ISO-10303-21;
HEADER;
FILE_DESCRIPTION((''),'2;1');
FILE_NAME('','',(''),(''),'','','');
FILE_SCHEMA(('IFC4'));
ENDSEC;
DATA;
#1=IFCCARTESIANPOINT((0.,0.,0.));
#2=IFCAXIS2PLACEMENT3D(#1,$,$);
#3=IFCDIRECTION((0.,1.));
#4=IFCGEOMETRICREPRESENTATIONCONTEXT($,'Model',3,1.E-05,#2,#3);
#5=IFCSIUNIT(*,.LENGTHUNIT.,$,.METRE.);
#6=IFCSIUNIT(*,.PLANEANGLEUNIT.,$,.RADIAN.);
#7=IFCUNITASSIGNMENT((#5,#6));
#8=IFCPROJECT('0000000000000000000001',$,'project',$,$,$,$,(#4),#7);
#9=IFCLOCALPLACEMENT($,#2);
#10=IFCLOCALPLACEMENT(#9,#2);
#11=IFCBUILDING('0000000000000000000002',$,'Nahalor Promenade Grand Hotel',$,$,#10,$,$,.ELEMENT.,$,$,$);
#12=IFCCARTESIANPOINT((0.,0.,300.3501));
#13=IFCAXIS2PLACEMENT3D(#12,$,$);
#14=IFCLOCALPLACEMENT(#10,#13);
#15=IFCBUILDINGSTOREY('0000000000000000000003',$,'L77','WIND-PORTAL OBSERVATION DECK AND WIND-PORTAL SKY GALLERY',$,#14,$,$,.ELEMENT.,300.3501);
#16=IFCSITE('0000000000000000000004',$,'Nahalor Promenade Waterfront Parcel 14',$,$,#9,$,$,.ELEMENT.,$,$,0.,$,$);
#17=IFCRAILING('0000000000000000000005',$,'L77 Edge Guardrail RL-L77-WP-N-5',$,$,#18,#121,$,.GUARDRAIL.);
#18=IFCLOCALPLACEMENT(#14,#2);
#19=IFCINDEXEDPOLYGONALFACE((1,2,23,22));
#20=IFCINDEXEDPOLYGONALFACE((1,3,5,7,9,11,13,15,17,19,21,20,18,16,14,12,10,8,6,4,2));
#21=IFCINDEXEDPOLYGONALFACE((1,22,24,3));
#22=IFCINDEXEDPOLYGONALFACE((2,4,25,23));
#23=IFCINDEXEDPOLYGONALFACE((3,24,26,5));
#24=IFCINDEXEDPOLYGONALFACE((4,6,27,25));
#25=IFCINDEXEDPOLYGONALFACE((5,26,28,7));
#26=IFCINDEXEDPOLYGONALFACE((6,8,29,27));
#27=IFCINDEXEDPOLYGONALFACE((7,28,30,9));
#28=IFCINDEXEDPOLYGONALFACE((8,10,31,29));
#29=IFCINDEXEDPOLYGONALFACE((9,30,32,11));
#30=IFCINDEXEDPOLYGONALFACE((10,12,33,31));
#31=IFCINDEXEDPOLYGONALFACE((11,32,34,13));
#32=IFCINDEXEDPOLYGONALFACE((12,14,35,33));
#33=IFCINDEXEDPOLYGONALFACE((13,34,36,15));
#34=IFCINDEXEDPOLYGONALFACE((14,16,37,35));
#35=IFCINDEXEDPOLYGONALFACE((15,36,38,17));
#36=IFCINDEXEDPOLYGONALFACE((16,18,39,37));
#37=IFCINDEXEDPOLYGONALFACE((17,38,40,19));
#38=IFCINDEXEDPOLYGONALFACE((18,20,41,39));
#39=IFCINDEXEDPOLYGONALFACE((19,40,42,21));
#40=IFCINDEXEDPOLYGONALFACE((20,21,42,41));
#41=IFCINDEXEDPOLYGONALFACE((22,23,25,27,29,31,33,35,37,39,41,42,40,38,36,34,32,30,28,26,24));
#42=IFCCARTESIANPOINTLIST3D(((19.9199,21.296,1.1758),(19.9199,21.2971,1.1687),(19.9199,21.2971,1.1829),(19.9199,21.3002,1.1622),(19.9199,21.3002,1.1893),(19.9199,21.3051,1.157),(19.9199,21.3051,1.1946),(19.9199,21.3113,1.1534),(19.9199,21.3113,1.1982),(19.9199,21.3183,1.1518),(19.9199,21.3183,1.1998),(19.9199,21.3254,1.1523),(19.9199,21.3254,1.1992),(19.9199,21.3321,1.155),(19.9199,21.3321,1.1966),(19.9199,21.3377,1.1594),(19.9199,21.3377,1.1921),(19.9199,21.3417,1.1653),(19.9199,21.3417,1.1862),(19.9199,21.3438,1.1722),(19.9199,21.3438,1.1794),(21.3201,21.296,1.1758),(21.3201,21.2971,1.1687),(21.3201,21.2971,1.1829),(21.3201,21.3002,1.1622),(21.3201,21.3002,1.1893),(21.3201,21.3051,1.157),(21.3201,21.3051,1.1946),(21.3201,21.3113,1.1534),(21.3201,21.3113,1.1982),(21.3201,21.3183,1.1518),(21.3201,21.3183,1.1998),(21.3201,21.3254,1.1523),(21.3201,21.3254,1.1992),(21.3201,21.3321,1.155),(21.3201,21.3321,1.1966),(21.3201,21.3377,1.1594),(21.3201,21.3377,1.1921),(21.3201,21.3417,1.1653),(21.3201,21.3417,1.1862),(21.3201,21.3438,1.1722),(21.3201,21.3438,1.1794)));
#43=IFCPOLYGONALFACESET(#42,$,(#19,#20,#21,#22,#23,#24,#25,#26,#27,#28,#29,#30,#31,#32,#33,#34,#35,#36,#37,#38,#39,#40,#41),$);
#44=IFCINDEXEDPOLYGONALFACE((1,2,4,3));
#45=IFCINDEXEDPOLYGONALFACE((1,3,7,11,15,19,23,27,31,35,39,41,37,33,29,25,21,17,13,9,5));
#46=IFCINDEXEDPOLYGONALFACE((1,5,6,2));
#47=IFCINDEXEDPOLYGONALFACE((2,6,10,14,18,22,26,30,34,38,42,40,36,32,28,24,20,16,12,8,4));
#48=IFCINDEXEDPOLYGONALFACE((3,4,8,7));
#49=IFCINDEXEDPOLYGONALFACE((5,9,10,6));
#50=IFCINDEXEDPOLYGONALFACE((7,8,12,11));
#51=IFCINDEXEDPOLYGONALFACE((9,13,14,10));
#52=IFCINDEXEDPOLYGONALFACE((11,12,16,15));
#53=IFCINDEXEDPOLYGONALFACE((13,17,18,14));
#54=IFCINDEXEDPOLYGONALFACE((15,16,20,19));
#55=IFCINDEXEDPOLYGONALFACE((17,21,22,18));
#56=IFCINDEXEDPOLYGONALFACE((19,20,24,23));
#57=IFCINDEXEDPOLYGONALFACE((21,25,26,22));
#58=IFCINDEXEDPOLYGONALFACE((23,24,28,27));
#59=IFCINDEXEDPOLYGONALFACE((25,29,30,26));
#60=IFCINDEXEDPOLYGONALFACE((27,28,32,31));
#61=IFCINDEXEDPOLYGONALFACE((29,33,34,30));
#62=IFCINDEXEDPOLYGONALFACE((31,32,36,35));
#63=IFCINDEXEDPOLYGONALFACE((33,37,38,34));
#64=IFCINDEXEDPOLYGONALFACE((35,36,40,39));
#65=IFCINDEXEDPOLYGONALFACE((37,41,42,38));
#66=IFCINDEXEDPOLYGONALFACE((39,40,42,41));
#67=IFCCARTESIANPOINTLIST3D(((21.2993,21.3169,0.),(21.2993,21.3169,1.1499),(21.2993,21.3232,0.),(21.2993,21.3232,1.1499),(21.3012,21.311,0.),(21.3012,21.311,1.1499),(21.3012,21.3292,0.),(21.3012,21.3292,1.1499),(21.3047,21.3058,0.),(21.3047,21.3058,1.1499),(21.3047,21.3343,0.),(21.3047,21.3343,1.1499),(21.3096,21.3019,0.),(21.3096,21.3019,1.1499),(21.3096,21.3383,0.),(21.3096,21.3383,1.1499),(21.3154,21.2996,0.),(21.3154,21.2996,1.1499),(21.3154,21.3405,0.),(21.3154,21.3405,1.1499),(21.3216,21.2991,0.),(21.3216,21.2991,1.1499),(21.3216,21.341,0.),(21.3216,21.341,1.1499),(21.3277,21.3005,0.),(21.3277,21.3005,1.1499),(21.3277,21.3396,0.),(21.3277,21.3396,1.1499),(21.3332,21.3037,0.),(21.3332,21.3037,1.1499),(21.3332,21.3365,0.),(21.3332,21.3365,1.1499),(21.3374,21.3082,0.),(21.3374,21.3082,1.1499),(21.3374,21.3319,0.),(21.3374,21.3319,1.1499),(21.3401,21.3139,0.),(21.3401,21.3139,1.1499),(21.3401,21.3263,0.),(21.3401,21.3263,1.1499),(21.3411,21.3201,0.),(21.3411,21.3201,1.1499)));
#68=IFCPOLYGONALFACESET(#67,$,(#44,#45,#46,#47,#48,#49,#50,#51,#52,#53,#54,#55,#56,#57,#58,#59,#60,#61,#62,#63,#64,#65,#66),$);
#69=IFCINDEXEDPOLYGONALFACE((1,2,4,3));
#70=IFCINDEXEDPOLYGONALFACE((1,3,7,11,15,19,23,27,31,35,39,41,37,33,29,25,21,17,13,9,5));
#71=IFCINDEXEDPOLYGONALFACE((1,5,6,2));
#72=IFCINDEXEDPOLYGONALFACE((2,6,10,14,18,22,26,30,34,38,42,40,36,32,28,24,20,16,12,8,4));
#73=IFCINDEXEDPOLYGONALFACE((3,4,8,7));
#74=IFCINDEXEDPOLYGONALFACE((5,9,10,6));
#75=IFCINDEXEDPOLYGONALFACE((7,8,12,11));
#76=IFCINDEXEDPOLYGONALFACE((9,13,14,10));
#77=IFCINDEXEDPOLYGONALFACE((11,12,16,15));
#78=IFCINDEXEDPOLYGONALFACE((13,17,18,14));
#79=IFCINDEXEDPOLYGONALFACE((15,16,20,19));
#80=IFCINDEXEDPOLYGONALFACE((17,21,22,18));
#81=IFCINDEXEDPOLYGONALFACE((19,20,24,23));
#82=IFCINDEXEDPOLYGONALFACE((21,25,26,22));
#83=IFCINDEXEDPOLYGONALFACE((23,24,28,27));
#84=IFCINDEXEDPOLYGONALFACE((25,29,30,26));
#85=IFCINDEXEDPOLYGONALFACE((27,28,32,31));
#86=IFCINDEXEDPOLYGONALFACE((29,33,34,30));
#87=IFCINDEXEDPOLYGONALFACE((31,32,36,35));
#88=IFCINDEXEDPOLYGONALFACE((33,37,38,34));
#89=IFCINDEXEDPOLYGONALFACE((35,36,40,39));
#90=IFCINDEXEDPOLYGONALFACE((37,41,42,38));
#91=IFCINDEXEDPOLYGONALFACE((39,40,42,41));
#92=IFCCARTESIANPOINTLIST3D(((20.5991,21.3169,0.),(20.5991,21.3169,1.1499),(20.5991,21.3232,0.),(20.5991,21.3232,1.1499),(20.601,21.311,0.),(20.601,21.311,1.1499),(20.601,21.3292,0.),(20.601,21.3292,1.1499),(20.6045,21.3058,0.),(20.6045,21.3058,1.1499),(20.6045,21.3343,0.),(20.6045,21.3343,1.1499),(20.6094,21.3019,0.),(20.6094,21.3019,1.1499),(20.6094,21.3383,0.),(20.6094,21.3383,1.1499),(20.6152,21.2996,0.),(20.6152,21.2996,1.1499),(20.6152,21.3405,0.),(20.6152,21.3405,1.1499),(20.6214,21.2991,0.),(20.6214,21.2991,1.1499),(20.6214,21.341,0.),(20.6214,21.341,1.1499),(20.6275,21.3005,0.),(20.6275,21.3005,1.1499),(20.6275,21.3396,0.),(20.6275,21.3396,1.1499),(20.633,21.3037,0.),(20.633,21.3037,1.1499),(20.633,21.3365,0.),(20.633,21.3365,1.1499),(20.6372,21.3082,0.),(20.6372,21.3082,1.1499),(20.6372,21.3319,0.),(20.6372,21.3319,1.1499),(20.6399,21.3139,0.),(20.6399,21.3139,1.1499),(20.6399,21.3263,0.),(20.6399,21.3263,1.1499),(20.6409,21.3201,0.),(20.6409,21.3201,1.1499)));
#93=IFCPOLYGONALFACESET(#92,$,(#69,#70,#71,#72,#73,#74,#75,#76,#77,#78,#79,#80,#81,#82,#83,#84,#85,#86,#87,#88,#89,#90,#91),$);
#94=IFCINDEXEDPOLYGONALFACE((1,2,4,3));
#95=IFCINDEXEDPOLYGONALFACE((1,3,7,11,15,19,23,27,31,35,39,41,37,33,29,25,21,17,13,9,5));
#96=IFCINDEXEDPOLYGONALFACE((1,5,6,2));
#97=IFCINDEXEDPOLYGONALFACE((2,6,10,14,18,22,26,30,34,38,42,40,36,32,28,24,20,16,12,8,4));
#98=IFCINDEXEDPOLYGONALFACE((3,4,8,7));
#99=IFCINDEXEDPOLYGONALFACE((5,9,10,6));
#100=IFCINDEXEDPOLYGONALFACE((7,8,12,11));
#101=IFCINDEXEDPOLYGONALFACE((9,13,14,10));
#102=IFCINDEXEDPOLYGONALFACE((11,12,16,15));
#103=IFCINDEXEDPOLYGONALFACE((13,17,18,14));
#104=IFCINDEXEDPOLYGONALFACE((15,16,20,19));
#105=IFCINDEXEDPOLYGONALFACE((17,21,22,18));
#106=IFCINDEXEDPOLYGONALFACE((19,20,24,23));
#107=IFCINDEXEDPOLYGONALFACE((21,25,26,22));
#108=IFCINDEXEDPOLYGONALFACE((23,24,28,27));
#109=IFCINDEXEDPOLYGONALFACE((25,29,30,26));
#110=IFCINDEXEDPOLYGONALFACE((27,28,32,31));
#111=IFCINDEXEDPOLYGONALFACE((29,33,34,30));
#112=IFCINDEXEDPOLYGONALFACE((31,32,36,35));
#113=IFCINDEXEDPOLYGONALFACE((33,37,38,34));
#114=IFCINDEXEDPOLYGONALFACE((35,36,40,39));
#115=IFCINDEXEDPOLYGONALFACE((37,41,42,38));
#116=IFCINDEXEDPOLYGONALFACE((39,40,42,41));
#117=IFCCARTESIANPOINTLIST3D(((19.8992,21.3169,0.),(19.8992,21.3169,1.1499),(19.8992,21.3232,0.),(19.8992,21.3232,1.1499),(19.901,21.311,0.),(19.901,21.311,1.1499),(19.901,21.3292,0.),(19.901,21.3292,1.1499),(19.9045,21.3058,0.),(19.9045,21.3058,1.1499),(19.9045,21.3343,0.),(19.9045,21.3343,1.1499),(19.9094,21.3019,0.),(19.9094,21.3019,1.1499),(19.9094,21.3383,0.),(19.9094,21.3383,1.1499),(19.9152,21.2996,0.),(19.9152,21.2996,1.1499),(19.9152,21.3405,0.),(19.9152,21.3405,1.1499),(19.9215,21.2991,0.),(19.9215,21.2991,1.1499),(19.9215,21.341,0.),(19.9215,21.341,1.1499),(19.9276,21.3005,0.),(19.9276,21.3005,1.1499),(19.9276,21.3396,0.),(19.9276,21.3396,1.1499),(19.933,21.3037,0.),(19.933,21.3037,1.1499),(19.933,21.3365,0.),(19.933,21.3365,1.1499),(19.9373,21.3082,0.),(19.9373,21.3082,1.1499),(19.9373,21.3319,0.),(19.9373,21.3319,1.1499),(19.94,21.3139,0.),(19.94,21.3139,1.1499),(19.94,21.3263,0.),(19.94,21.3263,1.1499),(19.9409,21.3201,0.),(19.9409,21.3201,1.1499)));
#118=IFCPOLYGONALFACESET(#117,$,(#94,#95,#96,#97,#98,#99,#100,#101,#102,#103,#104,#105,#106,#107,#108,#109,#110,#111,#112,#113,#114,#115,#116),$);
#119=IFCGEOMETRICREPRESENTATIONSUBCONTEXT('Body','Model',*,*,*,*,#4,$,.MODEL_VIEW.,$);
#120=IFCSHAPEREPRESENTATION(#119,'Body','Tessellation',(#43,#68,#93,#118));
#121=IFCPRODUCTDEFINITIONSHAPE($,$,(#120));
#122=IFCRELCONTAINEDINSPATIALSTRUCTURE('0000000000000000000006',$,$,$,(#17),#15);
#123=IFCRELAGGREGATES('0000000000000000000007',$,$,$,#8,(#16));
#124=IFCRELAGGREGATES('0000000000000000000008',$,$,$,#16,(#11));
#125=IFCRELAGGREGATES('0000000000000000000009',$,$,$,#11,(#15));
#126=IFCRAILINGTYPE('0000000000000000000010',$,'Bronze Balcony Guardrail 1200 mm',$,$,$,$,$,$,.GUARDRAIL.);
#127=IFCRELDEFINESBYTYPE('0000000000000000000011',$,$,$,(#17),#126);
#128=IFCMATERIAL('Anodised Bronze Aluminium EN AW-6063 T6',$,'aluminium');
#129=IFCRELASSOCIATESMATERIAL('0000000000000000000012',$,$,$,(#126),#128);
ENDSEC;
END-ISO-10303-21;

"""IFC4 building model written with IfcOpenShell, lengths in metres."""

from ifc_helpers import new_model, si_unit, direction, frame, origin, origin_2d, place, context, subcontext, project, spatial, circle, extrude, material, type_object, element, save


model = new_model("IFC4")

# Units and contexts
model_context = context("Model", 3, precision=1e-05, world=origin(), true_north=direction((0.0, 1.0)))
body_context = subcontext(model_context, "Body", "Model", "MODEL_VIEW")
ifc_project = project(units=[si_unit("LENGTHUNIT", "METRE"), si_unit("PLANEANGLEUNIT", "RADIAN")], contexts=[model_context])

# Site, building, storey
site_placement = place(None, origin())
site = spatial("IfcSite", under=ifc_project, at=site_placement, Name="Nahalor Promenade Waterfront Parcel 14", CompositionType="ELEMENT", RefElevation=0.0)
building_placement = place(site_placement, origin())
building = spatial("IfcBuilding", under=site, at=building_placement, Name="Nahalor Promenade Grand Hotel", CompositionType="ELEMENT")
storey_placement = place(building_placement, frame((0.0, 0.0, 300.3501)))
storey = spatial("IfcBuildingStorey", under=building, at=storey_placement, Name="L77", Description="WIND-PORTAL OBSERVATION DECK AND WIND-PORTAL SKY GALLERY", CompositionType="ELEMENT", Elevation=300.3501)

# Railing
ifc_material_1 = material(Name="Anodised Bronze Aluminium EN AW-6063 T6", Category="aluminium")
railing_type = type_object("IfcRailingType", Name="Bronze Balcony Guardrail 1200 mm", PredefinedType="GUARDRAIL", material=ifc_material_1)
railing_1_placement = place(storey_placement, frame((21.3201, 21.3201, 0.0)))
element("IfcRailing", 1, at=railing_1_placement, inside=storey, type_object=railing_type, Name="L77 Edge Guardrail RL-L77-WP-N-5", PredefinedType="GUARDRAIL", context=body_context, shape_type="SweptSolid", body=[
    extrude(circle(Radius=0.024, at=origin_2d()), frame((0.0, 0.0, 1.1758), z_axis=(-1.0, 0.0, 0.0), x_axis=(0.0, -1.0, 0.0)), (0.0, 0.0, 1.0), 1.4001),
    extrude(circle(Radius=0.021, at=origin_2d()), origin(), (0.0, 0.0, 1.0), 1.1499),
    extrude(circle(Radius=0.021, at=origin_2d()), frame((-0.7002, 0.0, 0.0)), (0.0, 0.0, 1.0), 1.1499),
    extrude(circle(Radius=0.021, at=origin_2d()), frame((-1.4001, 0.0, 0.0)), (0.0, 0.0, 1.0), 1.1499),
])

save(model, "model.ifc")
